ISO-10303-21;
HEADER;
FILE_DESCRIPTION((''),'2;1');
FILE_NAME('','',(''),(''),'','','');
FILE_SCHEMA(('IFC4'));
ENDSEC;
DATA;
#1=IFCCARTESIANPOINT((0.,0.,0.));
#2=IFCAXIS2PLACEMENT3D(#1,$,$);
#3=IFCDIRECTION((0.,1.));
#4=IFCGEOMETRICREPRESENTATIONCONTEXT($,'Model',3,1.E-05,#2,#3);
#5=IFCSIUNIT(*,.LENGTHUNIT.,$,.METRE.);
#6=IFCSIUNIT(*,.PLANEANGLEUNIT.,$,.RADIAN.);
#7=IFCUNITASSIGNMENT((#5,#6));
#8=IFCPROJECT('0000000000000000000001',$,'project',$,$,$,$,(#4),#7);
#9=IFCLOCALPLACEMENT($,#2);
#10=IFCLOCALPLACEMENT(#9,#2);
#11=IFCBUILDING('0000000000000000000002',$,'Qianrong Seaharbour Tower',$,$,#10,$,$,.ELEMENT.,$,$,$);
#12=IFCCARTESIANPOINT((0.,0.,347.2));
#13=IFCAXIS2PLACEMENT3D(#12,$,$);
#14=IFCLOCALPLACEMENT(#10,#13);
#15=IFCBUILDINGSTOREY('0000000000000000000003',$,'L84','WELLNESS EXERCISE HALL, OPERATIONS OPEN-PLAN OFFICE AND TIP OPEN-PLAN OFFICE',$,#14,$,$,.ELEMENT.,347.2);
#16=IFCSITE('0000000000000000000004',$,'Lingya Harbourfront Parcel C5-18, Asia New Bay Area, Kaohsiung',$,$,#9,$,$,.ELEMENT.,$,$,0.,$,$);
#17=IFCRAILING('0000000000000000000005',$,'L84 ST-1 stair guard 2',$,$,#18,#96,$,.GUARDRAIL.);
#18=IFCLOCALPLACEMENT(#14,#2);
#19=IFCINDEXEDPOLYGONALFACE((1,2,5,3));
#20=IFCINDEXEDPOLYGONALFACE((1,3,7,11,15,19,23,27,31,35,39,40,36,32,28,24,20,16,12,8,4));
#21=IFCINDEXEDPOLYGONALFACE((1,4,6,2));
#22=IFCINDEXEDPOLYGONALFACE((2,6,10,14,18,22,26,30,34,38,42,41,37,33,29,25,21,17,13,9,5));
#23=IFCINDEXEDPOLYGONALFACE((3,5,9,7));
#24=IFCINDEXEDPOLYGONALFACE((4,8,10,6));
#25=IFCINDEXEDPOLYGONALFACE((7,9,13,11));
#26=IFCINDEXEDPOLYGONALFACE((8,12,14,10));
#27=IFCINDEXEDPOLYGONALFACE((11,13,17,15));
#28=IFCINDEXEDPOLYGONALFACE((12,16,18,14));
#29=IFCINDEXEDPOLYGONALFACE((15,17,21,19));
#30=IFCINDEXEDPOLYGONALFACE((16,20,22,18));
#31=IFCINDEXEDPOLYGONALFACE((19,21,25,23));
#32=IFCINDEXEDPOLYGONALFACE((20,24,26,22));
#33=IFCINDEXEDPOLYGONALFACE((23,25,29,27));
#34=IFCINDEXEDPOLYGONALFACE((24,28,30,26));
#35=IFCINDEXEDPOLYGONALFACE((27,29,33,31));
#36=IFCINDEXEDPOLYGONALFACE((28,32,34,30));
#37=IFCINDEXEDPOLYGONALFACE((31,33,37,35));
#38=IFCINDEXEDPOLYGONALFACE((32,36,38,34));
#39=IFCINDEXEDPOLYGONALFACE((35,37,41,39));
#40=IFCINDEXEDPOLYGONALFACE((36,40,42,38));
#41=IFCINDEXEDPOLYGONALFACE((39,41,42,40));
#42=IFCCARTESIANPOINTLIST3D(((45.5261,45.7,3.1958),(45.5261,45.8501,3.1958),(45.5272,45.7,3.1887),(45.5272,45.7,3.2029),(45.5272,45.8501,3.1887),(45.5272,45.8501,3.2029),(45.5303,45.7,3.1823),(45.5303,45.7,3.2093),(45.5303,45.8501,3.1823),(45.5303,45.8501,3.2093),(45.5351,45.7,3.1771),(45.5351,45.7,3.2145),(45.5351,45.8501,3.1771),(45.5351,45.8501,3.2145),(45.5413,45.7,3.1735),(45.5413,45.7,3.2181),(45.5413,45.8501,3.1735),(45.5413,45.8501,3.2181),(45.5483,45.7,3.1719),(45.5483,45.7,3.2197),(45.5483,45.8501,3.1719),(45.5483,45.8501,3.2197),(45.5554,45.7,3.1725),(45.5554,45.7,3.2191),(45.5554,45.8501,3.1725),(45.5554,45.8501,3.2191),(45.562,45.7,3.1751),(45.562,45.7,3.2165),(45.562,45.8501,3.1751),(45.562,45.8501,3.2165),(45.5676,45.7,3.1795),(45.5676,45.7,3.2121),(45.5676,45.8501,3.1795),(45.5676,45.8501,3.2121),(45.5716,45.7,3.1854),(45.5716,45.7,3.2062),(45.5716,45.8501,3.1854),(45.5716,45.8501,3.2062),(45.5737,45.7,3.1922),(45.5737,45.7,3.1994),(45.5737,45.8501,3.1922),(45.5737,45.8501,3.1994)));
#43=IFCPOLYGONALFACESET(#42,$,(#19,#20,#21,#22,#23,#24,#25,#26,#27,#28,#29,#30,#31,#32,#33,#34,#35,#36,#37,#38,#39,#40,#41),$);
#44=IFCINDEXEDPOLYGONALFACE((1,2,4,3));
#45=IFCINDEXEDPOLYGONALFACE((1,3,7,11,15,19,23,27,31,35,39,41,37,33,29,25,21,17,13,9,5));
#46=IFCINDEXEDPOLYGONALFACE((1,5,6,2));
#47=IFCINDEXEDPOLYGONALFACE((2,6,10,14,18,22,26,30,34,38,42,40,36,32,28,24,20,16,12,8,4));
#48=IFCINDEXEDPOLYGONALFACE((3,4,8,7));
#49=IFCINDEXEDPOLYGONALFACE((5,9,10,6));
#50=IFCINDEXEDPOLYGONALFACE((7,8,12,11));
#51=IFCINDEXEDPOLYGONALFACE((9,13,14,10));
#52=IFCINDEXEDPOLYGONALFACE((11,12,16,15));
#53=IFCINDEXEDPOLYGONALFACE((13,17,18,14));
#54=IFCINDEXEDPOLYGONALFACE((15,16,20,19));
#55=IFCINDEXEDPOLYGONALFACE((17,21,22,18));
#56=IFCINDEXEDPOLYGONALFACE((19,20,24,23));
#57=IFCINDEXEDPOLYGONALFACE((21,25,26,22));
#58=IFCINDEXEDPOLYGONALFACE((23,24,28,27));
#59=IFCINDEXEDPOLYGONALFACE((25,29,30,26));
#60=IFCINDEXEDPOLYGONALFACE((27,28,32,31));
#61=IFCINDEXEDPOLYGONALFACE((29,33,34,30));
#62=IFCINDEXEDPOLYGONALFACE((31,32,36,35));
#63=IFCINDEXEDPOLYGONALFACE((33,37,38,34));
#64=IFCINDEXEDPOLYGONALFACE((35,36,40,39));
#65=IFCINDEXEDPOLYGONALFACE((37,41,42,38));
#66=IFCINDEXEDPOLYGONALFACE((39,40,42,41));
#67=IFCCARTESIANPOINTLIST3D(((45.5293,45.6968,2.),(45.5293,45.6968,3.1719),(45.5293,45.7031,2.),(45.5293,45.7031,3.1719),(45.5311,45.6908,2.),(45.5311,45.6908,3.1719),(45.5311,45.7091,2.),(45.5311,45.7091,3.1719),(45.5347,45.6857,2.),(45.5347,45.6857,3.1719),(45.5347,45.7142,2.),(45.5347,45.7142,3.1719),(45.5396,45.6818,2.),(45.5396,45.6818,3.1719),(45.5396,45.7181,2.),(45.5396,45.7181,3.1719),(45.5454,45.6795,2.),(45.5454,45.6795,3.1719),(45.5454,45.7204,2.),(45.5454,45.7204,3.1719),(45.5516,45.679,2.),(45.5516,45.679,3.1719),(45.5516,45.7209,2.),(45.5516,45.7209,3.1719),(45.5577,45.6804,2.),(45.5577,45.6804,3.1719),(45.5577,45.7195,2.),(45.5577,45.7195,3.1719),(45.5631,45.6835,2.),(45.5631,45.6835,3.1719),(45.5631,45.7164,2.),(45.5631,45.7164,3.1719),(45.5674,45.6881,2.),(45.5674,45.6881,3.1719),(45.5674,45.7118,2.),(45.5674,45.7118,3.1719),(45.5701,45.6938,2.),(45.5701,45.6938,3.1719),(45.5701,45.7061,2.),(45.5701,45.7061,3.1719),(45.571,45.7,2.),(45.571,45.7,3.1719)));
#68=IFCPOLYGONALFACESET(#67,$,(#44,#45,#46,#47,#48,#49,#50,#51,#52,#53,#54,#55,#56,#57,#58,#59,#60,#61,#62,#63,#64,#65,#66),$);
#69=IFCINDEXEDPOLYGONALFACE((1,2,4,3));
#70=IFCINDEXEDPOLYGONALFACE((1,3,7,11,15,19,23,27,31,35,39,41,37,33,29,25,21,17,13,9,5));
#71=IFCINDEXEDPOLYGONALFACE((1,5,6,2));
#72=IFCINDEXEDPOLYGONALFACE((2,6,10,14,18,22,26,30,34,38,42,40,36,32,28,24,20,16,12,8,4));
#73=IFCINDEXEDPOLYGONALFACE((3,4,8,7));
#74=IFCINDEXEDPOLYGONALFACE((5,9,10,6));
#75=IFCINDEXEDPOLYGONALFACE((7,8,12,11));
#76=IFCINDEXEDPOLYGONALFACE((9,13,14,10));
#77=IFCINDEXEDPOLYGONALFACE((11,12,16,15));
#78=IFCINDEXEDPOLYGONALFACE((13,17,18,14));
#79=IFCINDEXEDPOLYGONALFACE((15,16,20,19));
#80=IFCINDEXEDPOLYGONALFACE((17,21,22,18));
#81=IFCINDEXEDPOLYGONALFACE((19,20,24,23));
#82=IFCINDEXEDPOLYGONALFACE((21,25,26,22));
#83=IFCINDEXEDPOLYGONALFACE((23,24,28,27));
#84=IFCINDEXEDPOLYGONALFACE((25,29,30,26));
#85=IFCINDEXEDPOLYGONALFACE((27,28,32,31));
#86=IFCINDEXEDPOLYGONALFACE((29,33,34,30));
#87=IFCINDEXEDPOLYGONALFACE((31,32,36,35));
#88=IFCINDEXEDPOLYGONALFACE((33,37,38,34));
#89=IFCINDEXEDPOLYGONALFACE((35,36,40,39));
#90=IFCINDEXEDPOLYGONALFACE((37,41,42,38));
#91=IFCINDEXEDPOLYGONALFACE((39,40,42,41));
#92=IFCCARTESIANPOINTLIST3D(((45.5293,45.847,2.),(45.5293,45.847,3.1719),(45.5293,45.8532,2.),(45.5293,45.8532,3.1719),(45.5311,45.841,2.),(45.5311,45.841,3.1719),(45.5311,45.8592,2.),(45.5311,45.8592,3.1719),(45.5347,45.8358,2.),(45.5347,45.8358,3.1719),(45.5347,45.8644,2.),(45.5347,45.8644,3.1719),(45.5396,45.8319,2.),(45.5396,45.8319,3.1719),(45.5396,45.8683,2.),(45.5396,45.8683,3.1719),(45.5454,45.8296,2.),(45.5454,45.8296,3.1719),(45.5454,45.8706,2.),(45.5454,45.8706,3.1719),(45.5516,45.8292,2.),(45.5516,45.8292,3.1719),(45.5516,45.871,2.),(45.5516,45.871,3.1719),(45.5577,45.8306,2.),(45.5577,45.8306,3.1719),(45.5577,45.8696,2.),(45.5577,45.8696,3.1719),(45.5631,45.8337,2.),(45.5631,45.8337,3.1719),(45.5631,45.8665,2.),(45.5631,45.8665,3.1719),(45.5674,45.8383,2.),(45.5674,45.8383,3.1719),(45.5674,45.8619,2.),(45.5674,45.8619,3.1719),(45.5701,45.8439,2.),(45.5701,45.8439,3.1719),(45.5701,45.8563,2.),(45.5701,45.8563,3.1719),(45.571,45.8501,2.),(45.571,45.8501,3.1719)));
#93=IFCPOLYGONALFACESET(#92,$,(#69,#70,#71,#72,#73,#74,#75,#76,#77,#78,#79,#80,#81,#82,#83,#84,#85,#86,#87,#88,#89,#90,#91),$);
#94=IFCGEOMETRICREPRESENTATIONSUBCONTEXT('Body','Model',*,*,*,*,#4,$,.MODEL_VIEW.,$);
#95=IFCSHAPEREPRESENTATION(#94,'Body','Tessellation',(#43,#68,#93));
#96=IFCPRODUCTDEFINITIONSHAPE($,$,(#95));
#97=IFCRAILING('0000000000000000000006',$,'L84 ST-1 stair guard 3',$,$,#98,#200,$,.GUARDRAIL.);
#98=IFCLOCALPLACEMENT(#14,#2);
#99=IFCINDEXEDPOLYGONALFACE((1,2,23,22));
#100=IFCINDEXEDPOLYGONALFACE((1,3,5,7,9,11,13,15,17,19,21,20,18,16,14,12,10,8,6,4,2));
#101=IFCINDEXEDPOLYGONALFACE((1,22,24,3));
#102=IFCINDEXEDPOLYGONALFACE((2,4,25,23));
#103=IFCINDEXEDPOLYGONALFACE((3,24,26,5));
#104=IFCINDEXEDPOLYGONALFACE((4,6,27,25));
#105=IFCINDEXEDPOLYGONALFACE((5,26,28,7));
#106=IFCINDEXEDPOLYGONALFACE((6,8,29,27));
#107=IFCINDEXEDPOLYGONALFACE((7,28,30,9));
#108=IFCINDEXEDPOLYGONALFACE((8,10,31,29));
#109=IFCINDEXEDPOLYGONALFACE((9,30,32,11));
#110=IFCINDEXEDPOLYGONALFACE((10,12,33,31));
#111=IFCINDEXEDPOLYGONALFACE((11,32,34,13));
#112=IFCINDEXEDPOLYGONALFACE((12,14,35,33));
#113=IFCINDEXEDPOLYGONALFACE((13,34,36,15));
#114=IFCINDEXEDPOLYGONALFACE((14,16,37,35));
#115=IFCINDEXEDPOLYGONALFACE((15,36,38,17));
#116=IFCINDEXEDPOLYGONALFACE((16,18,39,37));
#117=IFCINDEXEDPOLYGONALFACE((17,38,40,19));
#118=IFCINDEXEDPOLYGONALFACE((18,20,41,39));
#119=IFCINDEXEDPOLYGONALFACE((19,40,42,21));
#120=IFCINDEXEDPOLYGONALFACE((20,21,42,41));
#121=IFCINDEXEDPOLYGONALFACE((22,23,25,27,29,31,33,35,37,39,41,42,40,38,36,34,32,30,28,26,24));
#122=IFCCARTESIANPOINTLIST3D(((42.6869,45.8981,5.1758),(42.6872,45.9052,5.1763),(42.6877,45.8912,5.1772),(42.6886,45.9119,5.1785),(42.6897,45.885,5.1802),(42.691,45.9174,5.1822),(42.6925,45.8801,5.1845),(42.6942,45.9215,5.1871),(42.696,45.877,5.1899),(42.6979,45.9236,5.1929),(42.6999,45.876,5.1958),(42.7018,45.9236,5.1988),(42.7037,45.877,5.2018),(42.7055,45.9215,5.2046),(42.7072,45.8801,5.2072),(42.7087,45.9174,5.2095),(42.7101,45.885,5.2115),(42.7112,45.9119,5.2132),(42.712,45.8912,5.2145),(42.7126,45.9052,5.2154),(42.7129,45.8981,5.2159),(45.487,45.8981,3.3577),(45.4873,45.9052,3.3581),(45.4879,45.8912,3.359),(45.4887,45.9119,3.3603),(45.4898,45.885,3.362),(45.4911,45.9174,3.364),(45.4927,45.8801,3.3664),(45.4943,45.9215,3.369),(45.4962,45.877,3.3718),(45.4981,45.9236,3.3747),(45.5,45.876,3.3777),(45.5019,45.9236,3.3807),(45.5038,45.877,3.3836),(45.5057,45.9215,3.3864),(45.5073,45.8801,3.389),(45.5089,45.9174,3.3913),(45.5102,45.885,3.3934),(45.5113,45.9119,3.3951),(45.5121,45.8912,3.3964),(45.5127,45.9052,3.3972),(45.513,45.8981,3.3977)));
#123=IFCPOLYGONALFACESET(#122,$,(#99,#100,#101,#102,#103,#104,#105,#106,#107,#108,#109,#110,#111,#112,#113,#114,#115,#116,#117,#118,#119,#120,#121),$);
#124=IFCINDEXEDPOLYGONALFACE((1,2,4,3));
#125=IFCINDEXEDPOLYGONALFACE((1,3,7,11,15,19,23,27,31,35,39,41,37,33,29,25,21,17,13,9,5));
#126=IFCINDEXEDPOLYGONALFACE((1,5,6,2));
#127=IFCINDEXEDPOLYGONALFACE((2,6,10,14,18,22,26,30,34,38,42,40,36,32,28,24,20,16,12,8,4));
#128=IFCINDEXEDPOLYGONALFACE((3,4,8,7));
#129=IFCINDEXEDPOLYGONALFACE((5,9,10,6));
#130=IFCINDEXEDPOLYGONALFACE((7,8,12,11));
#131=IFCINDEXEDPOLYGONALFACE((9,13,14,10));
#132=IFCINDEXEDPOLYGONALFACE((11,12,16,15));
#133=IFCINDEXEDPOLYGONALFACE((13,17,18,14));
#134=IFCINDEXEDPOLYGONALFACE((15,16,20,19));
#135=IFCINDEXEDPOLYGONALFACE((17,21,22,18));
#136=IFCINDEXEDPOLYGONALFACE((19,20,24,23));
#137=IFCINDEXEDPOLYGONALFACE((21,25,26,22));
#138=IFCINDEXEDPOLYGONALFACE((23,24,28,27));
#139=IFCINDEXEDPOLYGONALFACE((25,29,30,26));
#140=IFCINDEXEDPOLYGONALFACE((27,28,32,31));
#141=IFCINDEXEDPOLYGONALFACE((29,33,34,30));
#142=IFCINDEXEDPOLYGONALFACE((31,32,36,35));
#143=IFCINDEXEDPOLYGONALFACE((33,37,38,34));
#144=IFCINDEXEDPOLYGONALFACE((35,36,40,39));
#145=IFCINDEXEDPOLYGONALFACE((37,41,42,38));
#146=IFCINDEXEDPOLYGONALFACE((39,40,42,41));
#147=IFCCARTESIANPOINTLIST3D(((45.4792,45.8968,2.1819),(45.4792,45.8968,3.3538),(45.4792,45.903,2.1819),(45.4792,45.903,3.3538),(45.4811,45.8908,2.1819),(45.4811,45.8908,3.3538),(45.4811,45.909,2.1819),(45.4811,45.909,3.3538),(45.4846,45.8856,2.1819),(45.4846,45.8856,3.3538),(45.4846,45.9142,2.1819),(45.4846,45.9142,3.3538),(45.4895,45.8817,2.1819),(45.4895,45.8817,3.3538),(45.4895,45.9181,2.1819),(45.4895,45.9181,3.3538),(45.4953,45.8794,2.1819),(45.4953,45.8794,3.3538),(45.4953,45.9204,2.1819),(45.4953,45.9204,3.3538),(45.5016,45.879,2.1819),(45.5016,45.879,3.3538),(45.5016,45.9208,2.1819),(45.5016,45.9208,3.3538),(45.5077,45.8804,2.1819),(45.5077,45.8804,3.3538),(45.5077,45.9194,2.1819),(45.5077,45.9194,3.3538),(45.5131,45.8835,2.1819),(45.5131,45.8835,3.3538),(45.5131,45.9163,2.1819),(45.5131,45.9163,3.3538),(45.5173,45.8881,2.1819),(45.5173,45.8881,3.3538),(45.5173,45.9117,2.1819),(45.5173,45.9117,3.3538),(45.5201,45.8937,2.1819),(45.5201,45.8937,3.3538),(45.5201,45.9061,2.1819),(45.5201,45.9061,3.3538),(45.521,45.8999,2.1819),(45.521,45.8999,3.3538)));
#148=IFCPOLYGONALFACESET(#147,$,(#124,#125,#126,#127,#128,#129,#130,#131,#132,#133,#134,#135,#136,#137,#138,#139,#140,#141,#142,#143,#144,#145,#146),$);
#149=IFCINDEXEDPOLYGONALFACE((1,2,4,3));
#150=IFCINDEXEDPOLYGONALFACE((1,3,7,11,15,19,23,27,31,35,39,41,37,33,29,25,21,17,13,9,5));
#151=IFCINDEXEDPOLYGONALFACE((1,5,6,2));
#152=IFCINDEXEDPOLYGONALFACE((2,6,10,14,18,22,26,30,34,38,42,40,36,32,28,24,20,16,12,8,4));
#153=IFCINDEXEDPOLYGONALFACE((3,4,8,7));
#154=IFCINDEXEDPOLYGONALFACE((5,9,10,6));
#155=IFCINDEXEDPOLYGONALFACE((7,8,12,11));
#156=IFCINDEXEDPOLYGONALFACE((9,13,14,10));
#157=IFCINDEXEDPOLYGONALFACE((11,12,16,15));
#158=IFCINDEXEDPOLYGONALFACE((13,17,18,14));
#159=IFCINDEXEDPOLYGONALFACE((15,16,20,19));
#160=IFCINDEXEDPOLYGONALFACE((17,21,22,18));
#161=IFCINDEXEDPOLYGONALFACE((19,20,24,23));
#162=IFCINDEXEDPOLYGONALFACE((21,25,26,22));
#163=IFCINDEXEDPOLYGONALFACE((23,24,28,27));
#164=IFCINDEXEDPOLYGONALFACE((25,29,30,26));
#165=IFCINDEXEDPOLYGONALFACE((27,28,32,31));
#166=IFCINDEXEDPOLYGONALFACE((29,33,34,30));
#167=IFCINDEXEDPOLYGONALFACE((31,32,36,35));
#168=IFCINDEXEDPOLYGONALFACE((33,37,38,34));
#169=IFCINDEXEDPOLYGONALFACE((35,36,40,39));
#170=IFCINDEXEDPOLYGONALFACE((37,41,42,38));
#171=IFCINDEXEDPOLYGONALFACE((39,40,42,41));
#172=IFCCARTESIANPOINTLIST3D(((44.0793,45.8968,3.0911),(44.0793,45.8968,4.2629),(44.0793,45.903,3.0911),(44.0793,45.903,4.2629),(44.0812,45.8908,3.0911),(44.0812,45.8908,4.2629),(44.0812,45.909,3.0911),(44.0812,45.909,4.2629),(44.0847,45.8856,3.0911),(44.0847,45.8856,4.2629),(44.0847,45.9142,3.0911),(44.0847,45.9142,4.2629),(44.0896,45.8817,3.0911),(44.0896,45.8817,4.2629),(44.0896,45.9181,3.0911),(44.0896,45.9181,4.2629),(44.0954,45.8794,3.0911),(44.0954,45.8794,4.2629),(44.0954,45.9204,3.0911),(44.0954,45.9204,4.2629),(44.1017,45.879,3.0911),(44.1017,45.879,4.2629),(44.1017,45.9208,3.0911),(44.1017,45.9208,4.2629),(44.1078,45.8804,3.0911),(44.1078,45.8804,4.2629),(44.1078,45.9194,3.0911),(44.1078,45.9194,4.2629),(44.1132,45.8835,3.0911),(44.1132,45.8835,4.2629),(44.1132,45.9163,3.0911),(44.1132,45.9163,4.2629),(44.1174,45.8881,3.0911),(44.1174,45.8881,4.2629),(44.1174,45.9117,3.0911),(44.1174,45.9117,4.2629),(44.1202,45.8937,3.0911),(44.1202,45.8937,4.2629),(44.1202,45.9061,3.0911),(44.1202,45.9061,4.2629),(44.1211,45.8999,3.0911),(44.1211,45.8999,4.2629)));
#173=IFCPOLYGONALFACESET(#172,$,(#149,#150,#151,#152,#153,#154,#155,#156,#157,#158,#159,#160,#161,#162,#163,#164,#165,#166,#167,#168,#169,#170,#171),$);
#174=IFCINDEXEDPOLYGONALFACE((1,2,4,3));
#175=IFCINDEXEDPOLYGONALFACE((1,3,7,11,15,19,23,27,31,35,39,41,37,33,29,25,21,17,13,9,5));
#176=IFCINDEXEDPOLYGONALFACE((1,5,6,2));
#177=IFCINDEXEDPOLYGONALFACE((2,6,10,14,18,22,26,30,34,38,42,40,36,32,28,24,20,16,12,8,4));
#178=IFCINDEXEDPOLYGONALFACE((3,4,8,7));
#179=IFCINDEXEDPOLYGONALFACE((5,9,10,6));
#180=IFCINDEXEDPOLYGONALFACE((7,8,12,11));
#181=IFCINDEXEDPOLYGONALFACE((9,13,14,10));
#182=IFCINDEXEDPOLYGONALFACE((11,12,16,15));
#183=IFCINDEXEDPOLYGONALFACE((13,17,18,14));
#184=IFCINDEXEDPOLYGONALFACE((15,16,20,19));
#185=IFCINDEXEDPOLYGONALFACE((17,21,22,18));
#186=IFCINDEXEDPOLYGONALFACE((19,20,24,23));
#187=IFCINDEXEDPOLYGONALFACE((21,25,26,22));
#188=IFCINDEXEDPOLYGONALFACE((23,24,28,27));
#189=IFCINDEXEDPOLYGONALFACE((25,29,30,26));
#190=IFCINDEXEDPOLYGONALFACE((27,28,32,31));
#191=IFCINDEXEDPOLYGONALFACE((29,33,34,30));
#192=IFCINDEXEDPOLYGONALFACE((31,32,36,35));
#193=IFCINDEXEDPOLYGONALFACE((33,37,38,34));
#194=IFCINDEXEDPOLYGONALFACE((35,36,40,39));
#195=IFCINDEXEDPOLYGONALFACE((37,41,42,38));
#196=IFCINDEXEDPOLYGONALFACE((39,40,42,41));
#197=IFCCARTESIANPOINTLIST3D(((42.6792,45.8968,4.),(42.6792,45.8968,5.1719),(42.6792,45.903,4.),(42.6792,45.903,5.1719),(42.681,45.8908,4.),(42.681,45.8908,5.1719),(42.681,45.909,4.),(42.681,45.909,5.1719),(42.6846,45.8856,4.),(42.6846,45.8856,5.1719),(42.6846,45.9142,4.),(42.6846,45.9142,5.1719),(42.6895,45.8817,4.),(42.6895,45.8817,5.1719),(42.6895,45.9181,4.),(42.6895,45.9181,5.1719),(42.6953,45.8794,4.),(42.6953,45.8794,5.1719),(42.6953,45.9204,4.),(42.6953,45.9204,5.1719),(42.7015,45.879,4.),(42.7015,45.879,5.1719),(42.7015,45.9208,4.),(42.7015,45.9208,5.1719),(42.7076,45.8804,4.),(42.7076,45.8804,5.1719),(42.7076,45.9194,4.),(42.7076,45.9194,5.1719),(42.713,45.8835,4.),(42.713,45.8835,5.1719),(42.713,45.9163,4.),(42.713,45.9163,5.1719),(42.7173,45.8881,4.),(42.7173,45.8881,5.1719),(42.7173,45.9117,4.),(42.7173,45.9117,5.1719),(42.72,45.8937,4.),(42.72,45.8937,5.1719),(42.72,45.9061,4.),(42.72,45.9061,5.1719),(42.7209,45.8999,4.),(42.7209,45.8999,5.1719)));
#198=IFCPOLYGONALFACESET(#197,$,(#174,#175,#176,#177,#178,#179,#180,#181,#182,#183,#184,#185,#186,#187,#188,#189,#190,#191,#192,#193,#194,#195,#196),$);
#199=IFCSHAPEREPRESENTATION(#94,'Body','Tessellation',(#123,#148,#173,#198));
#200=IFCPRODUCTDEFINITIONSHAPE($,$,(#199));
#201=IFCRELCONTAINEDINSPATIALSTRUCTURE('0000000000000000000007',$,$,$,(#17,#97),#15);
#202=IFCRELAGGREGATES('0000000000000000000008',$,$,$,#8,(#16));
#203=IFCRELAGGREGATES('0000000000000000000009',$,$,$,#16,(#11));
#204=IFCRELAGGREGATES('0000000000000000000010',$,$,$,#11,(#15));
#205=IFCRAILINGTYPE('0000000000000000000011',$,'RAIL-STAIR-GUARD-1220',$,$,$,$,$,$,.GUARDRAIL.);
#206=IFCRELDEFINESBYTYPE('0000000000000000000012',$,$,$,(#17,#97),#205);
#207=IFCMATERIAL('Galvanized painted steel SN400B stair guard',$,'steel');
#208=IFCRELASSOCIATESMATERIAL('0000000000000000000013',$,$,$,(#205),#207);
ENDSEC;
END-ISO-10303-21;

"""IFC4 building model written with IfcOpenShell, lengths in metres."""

from ifc_helpers import new_model, si_unit, direction, frame, origin, origin_2d, place, context, subcontext, project, spatial, circle, extrude, material, type_object, element, save


model = new_model("IFC4")

# Units and contexts
model_context = context("Model", 3, precision=1e-05, world=origin(), true_north=direction((0.0, 1.0)))
body_context = subcontext(model_context, "Body", "Model", "MODEL_VIEW")
ifc_project = project(units=[si_unit("LENGTHUNIT", "METRE"), si_unit("PLANEANGLEUNIT", "RADIAN")], contexts=[model_context])

# Site, building, storey
site_placement = place(None, origin())
site = spatial("IfcSite", under=ifc_project, at=site_placement, Name="Lingya Harbourfront Parcel C5-18, Asia New Bay Area, Kaohsiung", CompositionType="ELEMENT", RefElevation=0.0)
building_placement = place(site_placement, origin())
building = spatial("IfcBuilding", under=site, at=building_placement, Name="Qianrong Seaharbour Tower", CompositionType="ELEMENT")
storey_placement = place(building_placement, frame((0.0, 0.0, 347.2)))
storey = spatial("IfcBuildingStorey", under=building, at=storey_placement, Name="L84", Description="WELLNESS EXERCISE HALL, OPERATIONS OPEN-PLAN OFFICE AND TIP OPEN-PLAN OFFICE", CompositionType="ELEMENT", Elevation=347.2)

# Railings
ifc_material_1 = material(Name="Galvanized painted steel SN400B stair guard", Category="steel")
railing_type_1 = type_object("IfcRailingType", Name="RAIL-STAIR-GUARD-1220", PredefinedType="GUARDRAIL", material=ifc_material_1)
railing_1_placement = place(storey_placement, frame((45.55, 45.7, 2.0)))
element("IfcRailing", 1, at=railing_1_placement, inside=storey, type_object=railing_type_1, Name="L84 ST-1 stair guard 2", PredefinedType="GUARDRAIL", context=body_context, shape_type="SweptSolid", body=[
    extrude(circle(Radius=0.0239, at=origin_2d()), frame((0.0, 0.0, 1.1958), z_axis=(0.0, 1.0, 0.0), x_axis=(-1.0, 0.0, 0.0)), (0.0, 0.0, 1.0), 0.1501),
    extrude(circle(Radius=0.021, at=origin_2d()), origin(), (0.0, 0.0, 1.0), 1.1719),
    extrude(circle(Radius=0.021, at=origin_2d()), frame((0.0, 0.1501, 0.0)), (0.0, 0.0, 1.0), 1.1719),
])
railing_2_placement = place(storey_placement, frame((45.5, 45.8999, 2.1819)))
element("IfcRailing", 2, at=railing_2_placement, inside=storey, type_object=railing_type_1, Name="L84 ST-1 stair guard 3", PredefinedType="GUARDRAIL", context=body_context, shape_type="SweptSolid", body=[
    extrude(circle(Radius=0.0239, at=origin_2d()), frame((0.0, 0.0, 1.1958), z_axis=(-0.838706, 0.0, 0.544585), x_axis=(0.0, -1.0, 0.0)), (0.0, 0.0, 1.0), 3.3386),
    extrude(circle(Radius=0.021, at=origin_2d()), origin(), (0.0, 0.0, 1.0), 1.1719),
    extrude(circle(Radius=0.021, at=origin_2d()), frame((-1.3999, 0.0, 0.9092)), (0.0, 0.0, 1.0), 1.1719),
    extrude(circle(Radius=0.021, at=origin_2d()), frame((-2.8, 0.0, 1.8181)), (0.0, 0.0, 1.0), 1.1719),
])

save(model, "model.ifc")
